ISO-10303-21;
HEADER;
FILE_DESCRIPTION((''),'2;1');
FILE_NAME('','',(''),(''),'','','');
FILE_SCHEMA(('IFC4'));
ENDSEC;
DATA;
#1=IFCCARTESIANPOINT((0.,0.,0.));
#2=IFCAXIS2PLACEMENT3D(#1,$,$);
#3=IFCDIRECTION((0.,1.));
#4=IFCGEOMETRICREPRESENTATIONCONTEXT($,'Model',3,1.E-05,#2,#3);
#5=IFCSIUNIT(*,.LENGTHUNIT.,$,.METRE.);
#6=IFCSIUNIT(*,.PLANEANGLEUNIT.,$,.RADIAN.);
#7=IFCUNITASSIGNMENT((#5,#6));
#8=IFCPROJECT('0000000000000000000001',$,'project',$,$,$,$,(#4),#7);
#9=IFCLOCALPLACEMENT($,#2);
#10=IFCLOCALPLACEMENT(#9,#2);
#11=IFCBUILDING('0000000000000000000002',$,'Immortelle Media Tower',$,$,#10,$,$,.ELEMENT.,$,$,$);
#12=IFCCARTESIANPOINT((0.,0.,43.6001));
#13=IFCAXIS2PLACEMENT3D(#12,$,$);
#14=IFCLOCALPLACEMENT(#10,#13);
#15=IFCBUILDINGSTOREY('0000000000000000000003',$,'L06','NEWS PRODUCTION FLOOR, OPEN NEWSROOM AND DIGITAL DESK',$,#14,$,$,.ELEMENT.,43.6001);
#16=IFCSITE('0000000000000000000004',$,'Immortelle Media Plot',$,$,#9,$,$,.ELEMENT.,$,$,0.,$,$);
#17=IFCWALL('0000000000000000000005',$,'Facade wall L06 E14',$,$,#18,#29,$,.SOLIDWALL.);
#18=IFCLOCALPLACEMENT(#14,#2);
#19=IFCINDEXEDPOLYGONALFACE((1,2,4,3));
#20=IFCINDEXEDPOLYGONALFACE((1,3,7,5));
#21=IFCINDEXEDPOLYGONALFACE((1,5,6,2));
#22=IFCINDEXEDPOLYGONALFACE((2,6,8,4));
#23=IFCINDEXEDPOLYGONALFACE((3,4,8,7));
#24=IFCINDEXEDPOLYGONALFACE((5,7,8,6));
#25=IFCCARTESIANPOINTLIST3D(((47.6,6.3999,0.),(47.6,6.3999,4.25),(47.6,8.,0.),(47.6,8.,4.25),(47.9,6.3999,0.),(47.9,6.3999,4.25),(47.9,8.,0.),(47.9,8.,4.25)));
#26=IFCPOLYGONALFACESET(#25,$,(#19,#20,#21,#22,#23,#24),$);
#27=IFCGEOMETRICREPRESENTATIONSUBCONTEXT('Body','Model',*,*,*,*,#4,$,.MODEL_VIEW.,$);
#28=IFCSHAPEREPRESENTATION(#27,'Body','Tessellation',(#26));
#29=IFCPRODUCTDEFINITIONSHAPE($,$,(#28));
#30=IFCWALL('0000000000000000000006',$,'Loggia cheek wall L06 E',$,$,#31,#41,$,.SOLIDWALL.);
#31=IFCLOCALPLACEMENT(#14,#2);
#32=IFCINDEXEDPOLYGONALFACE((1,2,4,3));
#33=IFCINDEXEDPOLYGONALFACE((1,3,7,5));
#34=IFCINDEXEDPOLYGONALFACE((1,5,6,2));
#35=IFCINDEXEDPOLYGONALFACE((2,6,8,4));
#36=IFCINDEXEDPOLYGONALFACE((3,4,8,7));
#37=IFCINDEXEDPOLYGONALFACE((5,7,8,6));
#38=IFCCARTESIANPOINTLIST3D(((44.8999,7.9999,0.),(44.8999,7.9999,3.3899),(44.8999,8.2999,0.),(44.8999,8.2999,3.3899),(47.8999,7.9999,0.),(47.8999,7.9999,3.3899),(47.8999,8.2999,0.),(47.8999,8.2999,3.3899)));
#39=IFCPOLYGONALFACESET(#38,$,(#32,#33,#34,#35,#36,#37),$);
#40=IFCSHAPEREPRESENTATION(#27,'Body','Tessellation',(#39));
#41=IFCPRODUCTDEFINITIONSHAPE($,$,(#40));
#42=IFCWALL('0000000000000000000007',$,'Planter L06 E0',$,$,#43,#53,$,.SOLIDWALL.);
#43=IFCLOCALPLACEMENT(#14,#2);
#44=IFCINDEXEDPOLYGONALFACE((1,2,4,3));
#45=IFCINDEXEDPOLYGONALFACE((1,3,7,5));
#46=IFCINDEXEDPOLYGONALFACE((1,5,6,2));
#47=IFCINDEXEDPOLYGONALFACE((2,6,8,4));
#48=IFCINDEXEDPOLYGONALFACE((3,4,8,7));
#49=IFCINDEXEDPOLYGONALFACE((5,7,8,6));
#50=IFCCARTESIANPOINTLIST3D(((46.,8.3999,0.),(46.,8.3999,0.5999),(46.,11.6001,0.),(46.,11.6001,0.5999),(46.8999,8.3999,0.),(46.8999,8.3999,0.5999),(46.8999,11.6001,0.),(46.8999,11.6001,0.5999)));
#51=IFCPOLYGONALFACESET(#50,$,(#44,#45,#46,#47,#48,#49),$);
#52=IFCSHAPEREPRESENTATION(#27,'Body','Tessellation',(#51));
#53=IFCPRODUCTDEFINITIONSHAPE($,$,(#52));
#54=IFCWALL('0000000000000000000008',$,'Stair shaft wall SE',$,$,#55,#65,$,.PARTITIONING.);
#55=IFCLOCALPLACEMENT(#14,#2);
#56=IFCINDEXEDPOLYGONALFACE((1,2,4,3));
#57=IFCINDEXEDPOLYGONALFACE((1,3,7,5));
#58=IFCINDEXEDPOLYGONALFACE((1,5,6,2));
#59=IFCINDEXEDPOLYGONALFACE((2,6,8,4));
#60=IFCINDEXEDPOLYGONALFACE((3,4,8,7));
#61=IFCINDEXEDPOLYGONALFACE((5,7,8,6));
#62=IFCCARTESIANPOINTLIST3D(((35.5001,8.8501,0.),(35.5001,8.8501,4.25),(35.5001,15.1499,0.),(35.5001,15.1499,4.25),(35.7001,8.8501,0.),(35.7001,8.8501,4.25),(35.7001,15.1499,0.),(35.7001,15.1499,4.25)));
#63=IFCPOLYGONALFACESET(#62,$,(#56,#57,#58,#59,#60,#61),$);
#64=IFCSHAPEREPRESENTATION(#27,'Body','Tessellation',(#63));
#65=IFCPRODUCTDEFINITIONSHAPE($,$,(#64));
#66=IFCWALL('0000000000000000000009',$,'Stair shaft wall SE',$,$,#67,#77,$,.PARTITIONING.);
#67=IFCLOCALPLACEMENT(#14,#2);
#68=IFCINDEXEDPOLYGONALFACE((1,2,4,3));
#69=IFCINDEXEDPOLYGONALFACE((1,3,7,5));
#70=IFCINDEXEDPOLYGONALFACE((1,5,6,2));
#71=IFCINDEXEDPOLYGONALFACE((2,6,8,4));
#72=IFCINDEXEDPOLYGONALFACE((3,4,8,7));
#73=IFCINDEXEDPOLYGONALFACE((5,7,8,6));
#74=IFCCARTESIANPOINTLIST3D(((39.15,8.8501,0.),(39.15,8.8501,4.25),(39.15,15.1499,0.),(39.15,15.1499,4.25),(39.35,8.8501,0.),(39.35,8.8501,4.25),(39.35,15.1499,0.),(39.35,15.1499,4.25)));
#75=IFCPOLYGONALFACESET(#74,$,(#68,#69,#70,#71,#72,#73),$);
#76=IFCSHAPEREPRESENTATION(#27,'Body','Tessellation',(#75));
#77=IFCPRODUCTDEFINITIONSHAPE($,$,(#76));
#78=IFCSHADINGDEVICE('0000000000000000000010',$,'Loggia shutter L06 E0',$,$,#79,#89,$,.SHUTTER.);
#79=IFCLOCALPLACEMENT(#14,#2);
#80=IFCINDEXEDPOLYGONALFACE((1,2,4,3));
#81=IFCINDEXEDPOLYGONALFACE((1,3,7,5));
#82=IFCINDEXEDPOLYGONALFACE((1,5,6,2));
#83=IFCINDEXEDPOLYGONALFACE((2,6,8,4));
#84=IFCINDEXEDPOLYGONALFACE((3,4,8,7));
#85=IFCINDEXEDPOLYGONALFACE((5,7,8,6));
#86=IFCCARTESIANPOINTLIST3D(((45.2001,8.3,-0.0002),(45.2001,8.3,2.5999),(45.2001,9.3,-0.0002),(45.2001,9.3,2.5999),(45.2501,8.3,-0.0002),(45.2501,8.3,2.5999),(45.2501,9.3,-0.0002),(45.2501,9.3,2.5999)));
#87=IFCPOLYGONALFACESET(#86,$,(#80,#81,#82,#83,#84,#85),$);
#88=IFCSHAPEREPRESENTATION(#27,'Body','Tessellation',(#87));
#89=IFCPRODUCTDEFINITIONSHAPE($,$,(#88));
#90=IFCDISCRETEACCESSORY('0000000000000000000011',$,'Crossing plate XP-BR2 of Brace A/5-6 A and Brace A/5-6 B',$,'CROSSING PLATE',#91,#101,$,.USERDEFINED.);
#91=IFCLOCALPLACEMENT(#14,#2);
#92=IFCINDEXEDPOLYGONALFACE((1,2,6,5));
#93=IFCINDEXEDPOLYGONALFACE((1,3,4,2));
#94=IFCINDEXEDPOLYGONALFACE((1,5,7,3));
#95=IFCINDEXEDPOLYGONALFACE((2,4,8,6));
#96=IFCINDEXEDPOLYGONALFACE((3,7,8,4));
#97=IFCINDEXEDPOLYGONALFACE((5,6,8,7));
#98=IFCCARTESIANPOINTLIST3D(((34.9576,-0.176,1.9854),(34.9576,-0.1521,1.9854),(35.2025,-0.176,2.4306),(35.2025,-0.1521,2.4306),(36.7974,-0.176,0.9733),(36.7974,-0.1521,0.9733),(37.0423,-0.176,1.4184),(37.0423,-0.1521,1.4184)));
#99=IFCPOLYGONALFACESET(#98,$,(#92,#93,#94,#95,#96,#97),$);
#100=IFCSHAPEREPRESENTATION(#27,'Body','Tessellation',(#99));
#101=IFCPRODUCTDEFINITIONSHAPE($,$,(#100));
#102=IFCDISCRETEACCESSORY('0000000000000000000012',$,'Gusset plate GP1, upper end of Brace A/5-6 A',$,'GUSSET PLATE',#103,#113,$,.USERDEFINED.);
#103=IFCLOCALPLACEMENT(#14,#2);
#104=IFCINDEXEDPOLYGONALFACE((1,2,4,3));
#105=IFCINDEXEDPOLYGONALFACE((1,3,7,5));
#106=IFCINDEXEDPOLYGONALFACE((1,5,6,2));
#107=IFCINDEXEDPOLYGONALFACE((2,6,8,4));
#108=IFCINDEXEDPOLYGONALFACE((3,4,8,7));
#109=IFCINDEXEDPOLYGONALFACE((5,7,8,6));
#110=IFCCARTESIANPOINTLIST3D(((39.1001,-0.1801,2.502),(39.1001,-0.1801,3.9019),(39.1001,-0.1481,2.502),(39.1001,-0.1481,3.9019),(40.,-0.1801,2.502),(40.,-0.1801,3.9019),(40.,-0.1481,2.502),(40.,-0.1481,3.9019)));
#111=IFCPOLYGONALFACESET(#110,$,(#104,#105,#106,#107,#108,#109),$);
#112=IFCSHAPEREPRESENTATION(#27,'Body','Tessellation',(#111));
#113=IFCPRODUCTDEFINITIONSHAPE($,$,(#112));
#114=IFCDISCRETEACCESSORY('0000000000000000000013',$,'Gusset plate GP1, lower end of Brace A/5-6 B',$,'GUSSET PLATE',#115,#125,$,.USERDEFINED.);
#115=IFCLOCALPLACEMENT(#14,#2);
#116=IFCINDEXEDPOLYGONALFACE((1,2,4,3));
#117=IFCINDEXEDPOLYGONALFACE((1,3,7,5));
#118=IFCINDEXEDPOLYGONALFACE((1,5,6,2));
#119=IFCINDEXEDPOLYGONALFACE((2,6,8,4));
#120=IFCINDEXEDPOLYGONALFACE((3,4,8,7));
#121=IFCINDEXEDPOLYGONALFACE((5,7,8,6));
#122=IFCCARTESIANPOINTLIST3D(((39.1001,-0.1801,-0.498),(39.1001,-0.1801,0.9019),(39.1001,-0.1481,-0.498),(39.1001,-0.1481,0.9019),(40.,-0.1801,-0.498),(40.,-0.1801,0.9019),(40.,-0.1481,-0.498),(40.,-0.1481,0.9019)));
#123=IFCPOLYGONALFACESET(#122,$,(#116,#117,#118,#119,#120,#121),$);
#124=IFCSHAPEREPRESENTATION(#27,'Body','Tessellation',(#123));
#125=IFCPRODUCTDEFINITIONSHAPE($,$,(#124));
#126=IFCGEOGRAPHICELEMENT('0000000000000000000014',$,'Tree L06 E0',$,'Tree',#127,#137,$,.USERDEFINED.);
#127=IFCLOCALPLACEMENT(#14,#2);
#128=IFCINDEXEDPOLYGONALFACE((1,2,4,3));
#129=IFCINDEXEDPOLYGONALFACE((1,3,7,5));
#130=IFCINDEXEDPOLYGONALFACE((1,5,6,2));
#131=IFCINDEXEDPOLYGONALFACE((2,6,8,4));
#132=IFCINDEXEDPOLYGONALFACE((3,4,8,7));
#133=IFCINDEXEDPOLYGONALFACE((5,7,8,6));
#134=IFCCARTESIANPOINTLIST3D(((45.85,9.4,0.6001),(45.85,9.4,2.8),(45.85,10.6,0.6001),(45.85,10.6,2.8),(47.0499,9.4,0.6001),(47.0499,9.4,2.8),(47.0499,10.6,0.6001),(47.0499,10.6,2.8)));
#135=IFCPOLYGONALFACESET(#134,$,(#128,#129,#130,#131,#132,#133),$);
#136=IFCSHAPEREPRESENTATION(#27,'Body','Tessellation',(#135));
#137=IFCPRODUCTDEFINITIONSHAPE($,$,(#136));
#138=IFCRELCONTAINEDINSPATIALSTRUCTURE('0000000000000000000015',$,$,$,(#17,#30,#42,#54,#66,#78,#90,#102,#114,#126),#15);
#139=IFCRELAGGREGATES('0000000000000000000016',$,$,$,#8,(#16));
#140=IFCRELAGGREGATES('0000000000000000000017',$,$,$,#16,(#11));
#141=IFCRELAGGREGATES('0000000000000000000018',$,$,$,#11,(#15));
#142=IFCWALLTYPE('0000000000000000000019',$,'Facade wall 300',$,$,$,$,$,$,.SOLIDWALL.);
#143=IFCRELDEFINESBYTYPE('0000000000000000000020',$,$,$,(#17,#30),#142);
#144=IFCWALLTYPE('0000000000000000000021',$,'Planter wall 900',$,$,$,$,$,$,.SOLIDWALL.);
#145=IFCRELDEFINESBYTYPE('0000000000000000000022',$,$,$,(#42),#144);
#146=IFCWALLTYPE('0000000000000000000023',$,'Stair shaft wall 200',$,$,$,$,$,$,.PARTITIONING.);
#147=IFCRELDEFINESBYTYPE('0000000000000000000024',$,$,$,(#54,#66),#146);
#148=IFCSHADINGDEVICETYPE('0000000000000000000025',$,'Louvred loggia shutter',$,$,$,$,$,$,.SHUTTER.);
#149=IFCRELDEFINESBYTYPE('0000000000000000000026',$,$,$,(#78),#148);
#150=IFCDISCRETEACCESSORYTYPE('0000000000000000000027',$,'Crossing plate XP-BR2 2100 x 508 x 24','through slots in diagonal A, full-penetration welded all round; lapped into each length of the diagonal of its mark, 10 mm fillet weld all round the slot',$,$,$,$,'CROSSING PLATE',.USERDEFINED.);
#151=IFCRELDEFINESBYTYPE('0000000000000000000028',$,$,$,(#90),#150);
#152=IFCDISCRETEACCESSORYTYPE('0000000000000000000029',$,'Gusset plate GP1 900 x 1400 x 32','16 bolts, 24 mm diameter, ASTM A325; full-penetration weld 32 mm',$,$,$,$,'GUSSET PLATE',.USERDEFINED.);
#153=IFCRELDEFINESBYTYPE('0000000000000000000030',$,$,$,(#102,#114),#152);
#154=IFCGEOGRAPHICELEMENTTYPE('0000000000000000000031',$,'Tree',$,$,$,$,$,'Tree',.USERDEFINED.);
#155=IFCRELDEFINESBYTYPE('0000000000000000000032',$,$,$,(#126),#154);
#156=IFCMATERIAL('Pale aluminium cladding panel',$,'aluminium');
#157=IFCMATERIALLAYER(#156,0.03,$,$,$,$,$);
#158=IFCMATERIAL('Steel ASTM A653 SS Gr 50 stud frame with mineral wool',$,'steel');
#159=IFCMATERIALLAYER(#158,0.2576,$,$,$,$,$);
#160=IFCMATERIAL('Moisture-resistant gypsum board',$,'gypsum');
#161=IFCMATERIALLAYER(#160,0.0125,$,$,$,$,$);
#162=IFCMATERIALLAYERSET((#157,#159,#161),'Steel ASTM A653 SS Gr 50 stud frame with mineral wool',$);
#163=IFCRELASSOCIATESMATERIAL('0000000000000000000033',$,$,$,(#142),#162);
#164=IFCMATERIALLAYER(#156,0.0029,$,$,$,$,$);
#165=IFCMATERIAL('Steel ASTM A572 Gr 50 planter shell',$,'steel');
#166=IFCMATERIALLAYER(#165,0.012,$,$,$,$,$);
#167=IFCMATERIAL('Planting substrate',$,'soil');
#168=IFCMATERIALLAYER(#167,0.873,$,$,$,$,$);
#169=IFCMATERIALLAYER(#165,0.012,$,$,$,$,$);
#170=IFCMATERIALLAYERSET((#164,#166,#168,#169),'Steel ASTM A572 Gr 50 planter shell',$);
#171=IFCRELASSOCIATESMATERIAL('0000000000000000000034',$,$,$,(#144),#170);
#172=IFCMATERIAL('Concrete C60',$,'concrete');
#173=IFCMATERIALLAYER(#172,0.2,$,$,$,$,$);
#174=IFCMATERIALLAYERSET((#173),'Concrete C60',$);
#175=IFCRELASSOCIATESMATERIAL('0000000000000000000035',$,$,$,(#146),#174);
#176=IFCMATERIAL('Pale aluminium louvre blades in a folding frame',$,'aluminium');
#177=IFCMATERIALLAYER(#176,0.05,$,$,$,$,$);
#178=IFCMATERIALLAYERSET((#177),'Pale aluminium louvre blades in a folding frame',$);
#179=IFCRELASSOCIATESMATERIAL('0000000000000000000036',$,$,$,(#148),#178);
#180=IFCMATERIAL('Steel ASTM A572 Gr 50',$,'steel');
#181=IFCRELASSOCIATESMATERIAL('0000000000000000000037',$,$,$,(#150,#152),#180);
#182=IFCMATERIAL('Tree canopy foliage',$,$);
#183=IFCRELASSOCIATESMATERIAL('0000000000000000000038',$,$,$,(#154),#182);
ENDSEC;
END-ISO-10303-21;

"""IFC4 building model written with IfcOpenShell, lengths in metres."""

from ifc_helpers import new_model, si_unit, direction, frame, frame_2d, origin, origin_2d, place, context, subcontext, project, spatial, rectangle, extrude, material, layer, layer_set, material_profile, profile_set, type_object, element, save


model = new_model("IFC4")

# Units and contexts
model_context = context("Model", 3, precision=1e-05, world=origin(), true_north=direction((0.0, 1.0)))
body_context = subcontext(model_context, "Body", "Model", "MODEL_VIEW")
ifc_project = project(units=[si_unit("LENGTHUNIT", "METRE"), si_unit("PLANEANGLEUNIT", "RADIAN")], contexts=[model_context])

# Site, building, storey
site_placement = place(None, origin())
site = spatial("IfcSite", under=ifc_project, at=site_placement, Name="Immortelle Media Plot", CompositionType="ELEMENT", RefElevation=0.0)
building_placement = place(site_placement, origin())
building = spatial("IfcBuilding", under=site, at=building_placement, Name="Immortelle Media Tower", CompositionType="ELEMENT")
storey_placement = place(building_placement, frame((0.0, 0.0, 43.6001)))
storey = spatial("IfcBuildingStorey", under=building, at=storey_placement, Name="L06", Description="NEWS PRODUCTION FLOOR, OPEN NEWSROOM AND DIGITAL DESK", CompositionType="ELEMENT", Elevation=43.6001)

# Wall
ifc_material_1 = material(Name="Pale aluminium cladding panel", Category="aluminium")
ifc_layer_1 = layer(ifc_material_1, 0.03)
ifc_material_2 = material(Name="Steel ASTM A653 SS Gr 50 stud frame with mineral wool", Category="steel")
ifc_layer_2 = layer(ifc_material_2, 0.2576)
ifc_material_3 = material(Name="Moisture-resistant gypsum board", Category="gypsum")
ifc_layer_3 = layer(ifc_material_3, 0.0125)
ifc_layer_set_1 = layer_set([ifc_layer_1, ifc_layer_2, ifc_layer_3], Name="Steel ASTM A653 SS Gr 50 stud frame with mineral wool")
wall_type_1 = type_object("IfcWallType", Name="Facade wall 300", PredefinedType="SOLIDWALL", material=ifc_layer_set_1)
wall_1_placement = place(storey_placement, frame((47.75, 6.3999, 0.0), z_axis=(0.0, 0.0, 1.0), x_axis=(0.0, 1.0, 0.0)))
element("IfcWall", 1, at=wall_1_placement, inside=storey, type_object=wall_type_1, Name="Facade wall L06 E14", PredefinedType="SOLIDWALL", context=body_context, shape_type="SweptSolid", body=[
    extrude(rectangle(XDim=1.6001, YDim=0.3, at=frame_2d((0.8, 0.0))), origin(), (0.0, 0.0, 1.0), 4.25),
])

# Walls
wall_2_placement = place(storey_placement, frame((47.8999, 8.1499, 0.0), z_axis=(0.0, 0.0, 1.0), x_axis=(-1.0, 0.0, 0.0)))
element("IfcWall", 2, at=wall_2_placement, inside=storey, type_object=wall_type_1, Name="Loggia cheek wall L06 E", PredefinedType="SOLIDWALL", context=body_context, shape_type="SweptSolid", body=[
    extrude(rectangle(XDim=3.0, YDim=0.3, at=frame_2d((1.5, 0.0))), origin(), (0.0, 0.0, 1.0), 3.3899),
])
ifc_layer_4 = layer(ifc_material_1, 0.0029)
ifc_material_4 = material(Name="Steel ASTM A572 Gr 50 planter shell", Category="steel")
ifc_layer_5 = layer(ifc_material_4, 0.012)
ifc_material_5 = material(Name="Planting substrate", Category="soil")
ifc_layer_6 = layer(ifc_material_5, 0.873)
ifc_layer_7 = layer(ifc_material_4, 0.012)
ifc_layer_set_2 = layer_set([ifc_layer_4, ifc_layer_5, ifc_layer_6, ifc_layer_7], Name="Steel ASTM A572 Gr 50 planter shell")
wall_type_2 = type_object("IfcWallType", Name="Planter wall 900", PredefinedType="SOLIDWALL", material=ifc_layer_set_2)
wall_3_placement = place(storey_placement, frame((46.45, 8.3999, 0.0), z_axis=(0.0, 0.0, 1.0), x_axis=(0.0, 1.0, 0.0)))
element("IfcWall", 3, at=wall_3_placement, inside=storey, type_object=wall_type_2, Name="Planter L06 E0", PredefinedType="SOLIDWALL", context=body_context, shape_type="SweptSolid", body=[
    extrude(rectangle(XDim=3.2002, YDim=0.8999, at=frame_2d((1.6001, 0.0))), origin(), (0.0, 0.0, 1.0), 0.5999),
])
ifc_material_6 = material(Name="Concrete C60", Category="concrete")
ifc_layer_8 = layer(ifc_material_6, 0.2)
ifc_layer_set_3 = layer_set([ifc_layer_8], Name="Concrete C60")
wall_type_3 = type_object("IfcWallType", Name="Stair shaft wall 200", PredefinedType="PARTITIONING", material=ifc_layer_set_3)
for number, where, z_axis, x_axis, name in (
    (4, (35.6001, 8.8501, 0.0), (0.0, 0.0, 1.0), (0.0, 1.0, 0.0), "Stair shaft wall SE"),
    (5, (39.25, 8.8501, 0.0), (0.0, 0.0, 1.0), (0.0, 1.0, 0.0), "Stair shaft wall SE"),
):
    element("IfcWall", number, at=place(storey_placement, frame(where, z_axis=z_axis, x_axis=x_axis)), inside=storey, type_object=wall_type_3, Name=name, PredefinedType="PARTITIONING", context=body_context, shape_type="SweptSolid", body=[
        extrude(rectangle(XDim=6.2998, YDim=0.2, at=frame_2d((3.1499, 0.0))), origin(), (0.0, 0.0, 1.0), 4.25),
    ])

# Shading device
ifc_material_7 = material(Name="Pale aluminium louvre blades in a folding frame", Category="aluminium")
ifc_layer_9 = layer(ifc_material_7, 0.05)
ifc_layer_set_4 = layer_set([ifc_layer_9], Name="Pale aluminium louvre blades in a folding frame")
shading_device_type = type_object("IfcShadingDeviceType", Name="Louvred loggia shutter", PredefinedType="SHUTTER", material=ifc_layer_set_4)
shading_device_placement = place(storey_placement, frame((45.2251, 8.8, -0.0002), z_axis=(0.0, 0.0, 1.0), x_axis=(0.0, 1.0, 0.0)))
element("IfcShadingDevice", 6, at=shading_device_placement, inside=storey, type_object=shading_device_type, Name="Loggia shutter L06 E0", PredefinedType="SHUTTER", context=body_context, shape_type="SweptSolid", body=[
    extrude(rectangle(XDim=1.0, YDim=0.05, at=origin_2d()), origin(), (0.0, 0.0, 1.0), 2.6001),
])

# Discrete accessories
ifc_material_8 = material(Name="Steel ASTM A572 Gr 50", Category="steel")
ifc_material_profile_1 = material_profile(ifc_material_8, rectangle(XDim=0.0239, YDim=0.5081, at=origin_2d()), Name="PL 24 x 508")
ifc_profile_set_1 = profile_set([ifc_material_profile_1], Name="Steel ASTM A572 Gr 50")
discrete_accessory_type_1 = type_object("IfcDiscreteAccessoryType", Name="Crossing plate XP-BR2 2100 x 508 x 24", Description="through slots in diagonal A, full-penetration welded all round; lapped into each length of the diagonal of its mark, 10 mm fillet weld all round the slot", ElementType="CROSSING PLATE", PredefinedType="USERDEFINED", material=ifc_profile_set_1)
discrete_accessory_placement = place(storey_placement, frame((35.0801, -0.1641, 2.208), z_axis=(0.876157, 0.0, -0.482026), x_axis=(0.0, 1.0, 0.0)))
element("IfcDiscreteAccessory", 7, at=discrete_accessory_placement, inside=storey, type_object=discrete_accessory_type_1, Name="Crossing plate XP-BR2 of Brace A/5-6 A and Brace A/5-6 B", ObjectType="CROSSING PLATE", PredefinedType="USERDEFINED", context=body_context, shape_type="SweptSolid", body=[
    extrude(rectangle(XDim=0.0239, YDim=0.5081, at=origin_2d()), origin(), (0.0, 0.0, 1.0), 2.0999),
])
ifc_material_profile_2 = material_profile(ifc_material_8, rectangle(XDim=0.032, YDim=1.3999, at=origin_2d()), Name="PL 32 x 1400")
ifc_profile_set_2 = profile_set([ifc_material_profile_2], Name="Steel ASTM A572 Gr 50")
discrete_accessory_type_2 = type_object("IfcDiscreteAccessoryType", Name="Gusset plate GP1 900 x 1400 x 32", Description="16 bolts, 24 mm diameter, ASTM A325; full-penetration weld 32 mm", ElementType="GUSSET PLATE", PredefinedType="USERDEFINED", material=ifc_profile_set_2)
for number, where, z_axis, x_axis, name in (
    (8, (40.0, -0.1641, 3.2019), (-1.0, 0.0, 0.0), (0.0, -1.0, 0.0), "Gusset plate GP1, upper end of Brace A/5-6 A"),
    (9, (40.0, -0.1641, 0.2019), (-1.0, 0.0, 0.0), (0.0, -1.0, 0.0), "Gusset plate GP1, lower end of Brace A/5-6 B"),
):
    element("IfcDiscreteAccessory", number, at=place(storey_placement, frame(where, z_axis=z_axis, x_axis=x_axis)), inside=storey, type_object=discrete_accessory_type_2, Name=name, ObjectType="GUSSET PLATE", PredefinedType="USERDEFINED", context=body_context, shape_type="SweptSolid", body=[
        extrude(rectangle(XDim=0.032, YDim=1.3999, at=origin_2d()), origin(), (0.0, 0.0, 1.0), 0.8999),
    ])

# Geographic element
ifc_material_9 = material(Name="Tree canopy foliage")
geographic_element_type = type_object("IfcGeographicElementType", Name="Tree", ElementType="Tree", PredefinedType="USERDEFINED", material=ifc_material_9)
geographic_element_placement = place(storey_placement, frame((46.45, 10.0, 0.6001), z_axis=(0.0, 0.0, 1.0), x_axis=(1.0, 0.0, 0.0)))
element("IfcGeographicElement", 10, at=geographic_element_placement, inside=storey, type_object=geographic_element_type, Name="Tree L06 E0", ObjectType="Tree", PredefinedType="USERDEFINED", context=body_context, shape_type="SweptSolid", body=[
    extrude(rectangle(XDim=1.2, YDim=1.2, at=origin_2d()), origin(), (0.0, 0.0, 1.0), 2.2),
])

save(model, "model.ifc")
